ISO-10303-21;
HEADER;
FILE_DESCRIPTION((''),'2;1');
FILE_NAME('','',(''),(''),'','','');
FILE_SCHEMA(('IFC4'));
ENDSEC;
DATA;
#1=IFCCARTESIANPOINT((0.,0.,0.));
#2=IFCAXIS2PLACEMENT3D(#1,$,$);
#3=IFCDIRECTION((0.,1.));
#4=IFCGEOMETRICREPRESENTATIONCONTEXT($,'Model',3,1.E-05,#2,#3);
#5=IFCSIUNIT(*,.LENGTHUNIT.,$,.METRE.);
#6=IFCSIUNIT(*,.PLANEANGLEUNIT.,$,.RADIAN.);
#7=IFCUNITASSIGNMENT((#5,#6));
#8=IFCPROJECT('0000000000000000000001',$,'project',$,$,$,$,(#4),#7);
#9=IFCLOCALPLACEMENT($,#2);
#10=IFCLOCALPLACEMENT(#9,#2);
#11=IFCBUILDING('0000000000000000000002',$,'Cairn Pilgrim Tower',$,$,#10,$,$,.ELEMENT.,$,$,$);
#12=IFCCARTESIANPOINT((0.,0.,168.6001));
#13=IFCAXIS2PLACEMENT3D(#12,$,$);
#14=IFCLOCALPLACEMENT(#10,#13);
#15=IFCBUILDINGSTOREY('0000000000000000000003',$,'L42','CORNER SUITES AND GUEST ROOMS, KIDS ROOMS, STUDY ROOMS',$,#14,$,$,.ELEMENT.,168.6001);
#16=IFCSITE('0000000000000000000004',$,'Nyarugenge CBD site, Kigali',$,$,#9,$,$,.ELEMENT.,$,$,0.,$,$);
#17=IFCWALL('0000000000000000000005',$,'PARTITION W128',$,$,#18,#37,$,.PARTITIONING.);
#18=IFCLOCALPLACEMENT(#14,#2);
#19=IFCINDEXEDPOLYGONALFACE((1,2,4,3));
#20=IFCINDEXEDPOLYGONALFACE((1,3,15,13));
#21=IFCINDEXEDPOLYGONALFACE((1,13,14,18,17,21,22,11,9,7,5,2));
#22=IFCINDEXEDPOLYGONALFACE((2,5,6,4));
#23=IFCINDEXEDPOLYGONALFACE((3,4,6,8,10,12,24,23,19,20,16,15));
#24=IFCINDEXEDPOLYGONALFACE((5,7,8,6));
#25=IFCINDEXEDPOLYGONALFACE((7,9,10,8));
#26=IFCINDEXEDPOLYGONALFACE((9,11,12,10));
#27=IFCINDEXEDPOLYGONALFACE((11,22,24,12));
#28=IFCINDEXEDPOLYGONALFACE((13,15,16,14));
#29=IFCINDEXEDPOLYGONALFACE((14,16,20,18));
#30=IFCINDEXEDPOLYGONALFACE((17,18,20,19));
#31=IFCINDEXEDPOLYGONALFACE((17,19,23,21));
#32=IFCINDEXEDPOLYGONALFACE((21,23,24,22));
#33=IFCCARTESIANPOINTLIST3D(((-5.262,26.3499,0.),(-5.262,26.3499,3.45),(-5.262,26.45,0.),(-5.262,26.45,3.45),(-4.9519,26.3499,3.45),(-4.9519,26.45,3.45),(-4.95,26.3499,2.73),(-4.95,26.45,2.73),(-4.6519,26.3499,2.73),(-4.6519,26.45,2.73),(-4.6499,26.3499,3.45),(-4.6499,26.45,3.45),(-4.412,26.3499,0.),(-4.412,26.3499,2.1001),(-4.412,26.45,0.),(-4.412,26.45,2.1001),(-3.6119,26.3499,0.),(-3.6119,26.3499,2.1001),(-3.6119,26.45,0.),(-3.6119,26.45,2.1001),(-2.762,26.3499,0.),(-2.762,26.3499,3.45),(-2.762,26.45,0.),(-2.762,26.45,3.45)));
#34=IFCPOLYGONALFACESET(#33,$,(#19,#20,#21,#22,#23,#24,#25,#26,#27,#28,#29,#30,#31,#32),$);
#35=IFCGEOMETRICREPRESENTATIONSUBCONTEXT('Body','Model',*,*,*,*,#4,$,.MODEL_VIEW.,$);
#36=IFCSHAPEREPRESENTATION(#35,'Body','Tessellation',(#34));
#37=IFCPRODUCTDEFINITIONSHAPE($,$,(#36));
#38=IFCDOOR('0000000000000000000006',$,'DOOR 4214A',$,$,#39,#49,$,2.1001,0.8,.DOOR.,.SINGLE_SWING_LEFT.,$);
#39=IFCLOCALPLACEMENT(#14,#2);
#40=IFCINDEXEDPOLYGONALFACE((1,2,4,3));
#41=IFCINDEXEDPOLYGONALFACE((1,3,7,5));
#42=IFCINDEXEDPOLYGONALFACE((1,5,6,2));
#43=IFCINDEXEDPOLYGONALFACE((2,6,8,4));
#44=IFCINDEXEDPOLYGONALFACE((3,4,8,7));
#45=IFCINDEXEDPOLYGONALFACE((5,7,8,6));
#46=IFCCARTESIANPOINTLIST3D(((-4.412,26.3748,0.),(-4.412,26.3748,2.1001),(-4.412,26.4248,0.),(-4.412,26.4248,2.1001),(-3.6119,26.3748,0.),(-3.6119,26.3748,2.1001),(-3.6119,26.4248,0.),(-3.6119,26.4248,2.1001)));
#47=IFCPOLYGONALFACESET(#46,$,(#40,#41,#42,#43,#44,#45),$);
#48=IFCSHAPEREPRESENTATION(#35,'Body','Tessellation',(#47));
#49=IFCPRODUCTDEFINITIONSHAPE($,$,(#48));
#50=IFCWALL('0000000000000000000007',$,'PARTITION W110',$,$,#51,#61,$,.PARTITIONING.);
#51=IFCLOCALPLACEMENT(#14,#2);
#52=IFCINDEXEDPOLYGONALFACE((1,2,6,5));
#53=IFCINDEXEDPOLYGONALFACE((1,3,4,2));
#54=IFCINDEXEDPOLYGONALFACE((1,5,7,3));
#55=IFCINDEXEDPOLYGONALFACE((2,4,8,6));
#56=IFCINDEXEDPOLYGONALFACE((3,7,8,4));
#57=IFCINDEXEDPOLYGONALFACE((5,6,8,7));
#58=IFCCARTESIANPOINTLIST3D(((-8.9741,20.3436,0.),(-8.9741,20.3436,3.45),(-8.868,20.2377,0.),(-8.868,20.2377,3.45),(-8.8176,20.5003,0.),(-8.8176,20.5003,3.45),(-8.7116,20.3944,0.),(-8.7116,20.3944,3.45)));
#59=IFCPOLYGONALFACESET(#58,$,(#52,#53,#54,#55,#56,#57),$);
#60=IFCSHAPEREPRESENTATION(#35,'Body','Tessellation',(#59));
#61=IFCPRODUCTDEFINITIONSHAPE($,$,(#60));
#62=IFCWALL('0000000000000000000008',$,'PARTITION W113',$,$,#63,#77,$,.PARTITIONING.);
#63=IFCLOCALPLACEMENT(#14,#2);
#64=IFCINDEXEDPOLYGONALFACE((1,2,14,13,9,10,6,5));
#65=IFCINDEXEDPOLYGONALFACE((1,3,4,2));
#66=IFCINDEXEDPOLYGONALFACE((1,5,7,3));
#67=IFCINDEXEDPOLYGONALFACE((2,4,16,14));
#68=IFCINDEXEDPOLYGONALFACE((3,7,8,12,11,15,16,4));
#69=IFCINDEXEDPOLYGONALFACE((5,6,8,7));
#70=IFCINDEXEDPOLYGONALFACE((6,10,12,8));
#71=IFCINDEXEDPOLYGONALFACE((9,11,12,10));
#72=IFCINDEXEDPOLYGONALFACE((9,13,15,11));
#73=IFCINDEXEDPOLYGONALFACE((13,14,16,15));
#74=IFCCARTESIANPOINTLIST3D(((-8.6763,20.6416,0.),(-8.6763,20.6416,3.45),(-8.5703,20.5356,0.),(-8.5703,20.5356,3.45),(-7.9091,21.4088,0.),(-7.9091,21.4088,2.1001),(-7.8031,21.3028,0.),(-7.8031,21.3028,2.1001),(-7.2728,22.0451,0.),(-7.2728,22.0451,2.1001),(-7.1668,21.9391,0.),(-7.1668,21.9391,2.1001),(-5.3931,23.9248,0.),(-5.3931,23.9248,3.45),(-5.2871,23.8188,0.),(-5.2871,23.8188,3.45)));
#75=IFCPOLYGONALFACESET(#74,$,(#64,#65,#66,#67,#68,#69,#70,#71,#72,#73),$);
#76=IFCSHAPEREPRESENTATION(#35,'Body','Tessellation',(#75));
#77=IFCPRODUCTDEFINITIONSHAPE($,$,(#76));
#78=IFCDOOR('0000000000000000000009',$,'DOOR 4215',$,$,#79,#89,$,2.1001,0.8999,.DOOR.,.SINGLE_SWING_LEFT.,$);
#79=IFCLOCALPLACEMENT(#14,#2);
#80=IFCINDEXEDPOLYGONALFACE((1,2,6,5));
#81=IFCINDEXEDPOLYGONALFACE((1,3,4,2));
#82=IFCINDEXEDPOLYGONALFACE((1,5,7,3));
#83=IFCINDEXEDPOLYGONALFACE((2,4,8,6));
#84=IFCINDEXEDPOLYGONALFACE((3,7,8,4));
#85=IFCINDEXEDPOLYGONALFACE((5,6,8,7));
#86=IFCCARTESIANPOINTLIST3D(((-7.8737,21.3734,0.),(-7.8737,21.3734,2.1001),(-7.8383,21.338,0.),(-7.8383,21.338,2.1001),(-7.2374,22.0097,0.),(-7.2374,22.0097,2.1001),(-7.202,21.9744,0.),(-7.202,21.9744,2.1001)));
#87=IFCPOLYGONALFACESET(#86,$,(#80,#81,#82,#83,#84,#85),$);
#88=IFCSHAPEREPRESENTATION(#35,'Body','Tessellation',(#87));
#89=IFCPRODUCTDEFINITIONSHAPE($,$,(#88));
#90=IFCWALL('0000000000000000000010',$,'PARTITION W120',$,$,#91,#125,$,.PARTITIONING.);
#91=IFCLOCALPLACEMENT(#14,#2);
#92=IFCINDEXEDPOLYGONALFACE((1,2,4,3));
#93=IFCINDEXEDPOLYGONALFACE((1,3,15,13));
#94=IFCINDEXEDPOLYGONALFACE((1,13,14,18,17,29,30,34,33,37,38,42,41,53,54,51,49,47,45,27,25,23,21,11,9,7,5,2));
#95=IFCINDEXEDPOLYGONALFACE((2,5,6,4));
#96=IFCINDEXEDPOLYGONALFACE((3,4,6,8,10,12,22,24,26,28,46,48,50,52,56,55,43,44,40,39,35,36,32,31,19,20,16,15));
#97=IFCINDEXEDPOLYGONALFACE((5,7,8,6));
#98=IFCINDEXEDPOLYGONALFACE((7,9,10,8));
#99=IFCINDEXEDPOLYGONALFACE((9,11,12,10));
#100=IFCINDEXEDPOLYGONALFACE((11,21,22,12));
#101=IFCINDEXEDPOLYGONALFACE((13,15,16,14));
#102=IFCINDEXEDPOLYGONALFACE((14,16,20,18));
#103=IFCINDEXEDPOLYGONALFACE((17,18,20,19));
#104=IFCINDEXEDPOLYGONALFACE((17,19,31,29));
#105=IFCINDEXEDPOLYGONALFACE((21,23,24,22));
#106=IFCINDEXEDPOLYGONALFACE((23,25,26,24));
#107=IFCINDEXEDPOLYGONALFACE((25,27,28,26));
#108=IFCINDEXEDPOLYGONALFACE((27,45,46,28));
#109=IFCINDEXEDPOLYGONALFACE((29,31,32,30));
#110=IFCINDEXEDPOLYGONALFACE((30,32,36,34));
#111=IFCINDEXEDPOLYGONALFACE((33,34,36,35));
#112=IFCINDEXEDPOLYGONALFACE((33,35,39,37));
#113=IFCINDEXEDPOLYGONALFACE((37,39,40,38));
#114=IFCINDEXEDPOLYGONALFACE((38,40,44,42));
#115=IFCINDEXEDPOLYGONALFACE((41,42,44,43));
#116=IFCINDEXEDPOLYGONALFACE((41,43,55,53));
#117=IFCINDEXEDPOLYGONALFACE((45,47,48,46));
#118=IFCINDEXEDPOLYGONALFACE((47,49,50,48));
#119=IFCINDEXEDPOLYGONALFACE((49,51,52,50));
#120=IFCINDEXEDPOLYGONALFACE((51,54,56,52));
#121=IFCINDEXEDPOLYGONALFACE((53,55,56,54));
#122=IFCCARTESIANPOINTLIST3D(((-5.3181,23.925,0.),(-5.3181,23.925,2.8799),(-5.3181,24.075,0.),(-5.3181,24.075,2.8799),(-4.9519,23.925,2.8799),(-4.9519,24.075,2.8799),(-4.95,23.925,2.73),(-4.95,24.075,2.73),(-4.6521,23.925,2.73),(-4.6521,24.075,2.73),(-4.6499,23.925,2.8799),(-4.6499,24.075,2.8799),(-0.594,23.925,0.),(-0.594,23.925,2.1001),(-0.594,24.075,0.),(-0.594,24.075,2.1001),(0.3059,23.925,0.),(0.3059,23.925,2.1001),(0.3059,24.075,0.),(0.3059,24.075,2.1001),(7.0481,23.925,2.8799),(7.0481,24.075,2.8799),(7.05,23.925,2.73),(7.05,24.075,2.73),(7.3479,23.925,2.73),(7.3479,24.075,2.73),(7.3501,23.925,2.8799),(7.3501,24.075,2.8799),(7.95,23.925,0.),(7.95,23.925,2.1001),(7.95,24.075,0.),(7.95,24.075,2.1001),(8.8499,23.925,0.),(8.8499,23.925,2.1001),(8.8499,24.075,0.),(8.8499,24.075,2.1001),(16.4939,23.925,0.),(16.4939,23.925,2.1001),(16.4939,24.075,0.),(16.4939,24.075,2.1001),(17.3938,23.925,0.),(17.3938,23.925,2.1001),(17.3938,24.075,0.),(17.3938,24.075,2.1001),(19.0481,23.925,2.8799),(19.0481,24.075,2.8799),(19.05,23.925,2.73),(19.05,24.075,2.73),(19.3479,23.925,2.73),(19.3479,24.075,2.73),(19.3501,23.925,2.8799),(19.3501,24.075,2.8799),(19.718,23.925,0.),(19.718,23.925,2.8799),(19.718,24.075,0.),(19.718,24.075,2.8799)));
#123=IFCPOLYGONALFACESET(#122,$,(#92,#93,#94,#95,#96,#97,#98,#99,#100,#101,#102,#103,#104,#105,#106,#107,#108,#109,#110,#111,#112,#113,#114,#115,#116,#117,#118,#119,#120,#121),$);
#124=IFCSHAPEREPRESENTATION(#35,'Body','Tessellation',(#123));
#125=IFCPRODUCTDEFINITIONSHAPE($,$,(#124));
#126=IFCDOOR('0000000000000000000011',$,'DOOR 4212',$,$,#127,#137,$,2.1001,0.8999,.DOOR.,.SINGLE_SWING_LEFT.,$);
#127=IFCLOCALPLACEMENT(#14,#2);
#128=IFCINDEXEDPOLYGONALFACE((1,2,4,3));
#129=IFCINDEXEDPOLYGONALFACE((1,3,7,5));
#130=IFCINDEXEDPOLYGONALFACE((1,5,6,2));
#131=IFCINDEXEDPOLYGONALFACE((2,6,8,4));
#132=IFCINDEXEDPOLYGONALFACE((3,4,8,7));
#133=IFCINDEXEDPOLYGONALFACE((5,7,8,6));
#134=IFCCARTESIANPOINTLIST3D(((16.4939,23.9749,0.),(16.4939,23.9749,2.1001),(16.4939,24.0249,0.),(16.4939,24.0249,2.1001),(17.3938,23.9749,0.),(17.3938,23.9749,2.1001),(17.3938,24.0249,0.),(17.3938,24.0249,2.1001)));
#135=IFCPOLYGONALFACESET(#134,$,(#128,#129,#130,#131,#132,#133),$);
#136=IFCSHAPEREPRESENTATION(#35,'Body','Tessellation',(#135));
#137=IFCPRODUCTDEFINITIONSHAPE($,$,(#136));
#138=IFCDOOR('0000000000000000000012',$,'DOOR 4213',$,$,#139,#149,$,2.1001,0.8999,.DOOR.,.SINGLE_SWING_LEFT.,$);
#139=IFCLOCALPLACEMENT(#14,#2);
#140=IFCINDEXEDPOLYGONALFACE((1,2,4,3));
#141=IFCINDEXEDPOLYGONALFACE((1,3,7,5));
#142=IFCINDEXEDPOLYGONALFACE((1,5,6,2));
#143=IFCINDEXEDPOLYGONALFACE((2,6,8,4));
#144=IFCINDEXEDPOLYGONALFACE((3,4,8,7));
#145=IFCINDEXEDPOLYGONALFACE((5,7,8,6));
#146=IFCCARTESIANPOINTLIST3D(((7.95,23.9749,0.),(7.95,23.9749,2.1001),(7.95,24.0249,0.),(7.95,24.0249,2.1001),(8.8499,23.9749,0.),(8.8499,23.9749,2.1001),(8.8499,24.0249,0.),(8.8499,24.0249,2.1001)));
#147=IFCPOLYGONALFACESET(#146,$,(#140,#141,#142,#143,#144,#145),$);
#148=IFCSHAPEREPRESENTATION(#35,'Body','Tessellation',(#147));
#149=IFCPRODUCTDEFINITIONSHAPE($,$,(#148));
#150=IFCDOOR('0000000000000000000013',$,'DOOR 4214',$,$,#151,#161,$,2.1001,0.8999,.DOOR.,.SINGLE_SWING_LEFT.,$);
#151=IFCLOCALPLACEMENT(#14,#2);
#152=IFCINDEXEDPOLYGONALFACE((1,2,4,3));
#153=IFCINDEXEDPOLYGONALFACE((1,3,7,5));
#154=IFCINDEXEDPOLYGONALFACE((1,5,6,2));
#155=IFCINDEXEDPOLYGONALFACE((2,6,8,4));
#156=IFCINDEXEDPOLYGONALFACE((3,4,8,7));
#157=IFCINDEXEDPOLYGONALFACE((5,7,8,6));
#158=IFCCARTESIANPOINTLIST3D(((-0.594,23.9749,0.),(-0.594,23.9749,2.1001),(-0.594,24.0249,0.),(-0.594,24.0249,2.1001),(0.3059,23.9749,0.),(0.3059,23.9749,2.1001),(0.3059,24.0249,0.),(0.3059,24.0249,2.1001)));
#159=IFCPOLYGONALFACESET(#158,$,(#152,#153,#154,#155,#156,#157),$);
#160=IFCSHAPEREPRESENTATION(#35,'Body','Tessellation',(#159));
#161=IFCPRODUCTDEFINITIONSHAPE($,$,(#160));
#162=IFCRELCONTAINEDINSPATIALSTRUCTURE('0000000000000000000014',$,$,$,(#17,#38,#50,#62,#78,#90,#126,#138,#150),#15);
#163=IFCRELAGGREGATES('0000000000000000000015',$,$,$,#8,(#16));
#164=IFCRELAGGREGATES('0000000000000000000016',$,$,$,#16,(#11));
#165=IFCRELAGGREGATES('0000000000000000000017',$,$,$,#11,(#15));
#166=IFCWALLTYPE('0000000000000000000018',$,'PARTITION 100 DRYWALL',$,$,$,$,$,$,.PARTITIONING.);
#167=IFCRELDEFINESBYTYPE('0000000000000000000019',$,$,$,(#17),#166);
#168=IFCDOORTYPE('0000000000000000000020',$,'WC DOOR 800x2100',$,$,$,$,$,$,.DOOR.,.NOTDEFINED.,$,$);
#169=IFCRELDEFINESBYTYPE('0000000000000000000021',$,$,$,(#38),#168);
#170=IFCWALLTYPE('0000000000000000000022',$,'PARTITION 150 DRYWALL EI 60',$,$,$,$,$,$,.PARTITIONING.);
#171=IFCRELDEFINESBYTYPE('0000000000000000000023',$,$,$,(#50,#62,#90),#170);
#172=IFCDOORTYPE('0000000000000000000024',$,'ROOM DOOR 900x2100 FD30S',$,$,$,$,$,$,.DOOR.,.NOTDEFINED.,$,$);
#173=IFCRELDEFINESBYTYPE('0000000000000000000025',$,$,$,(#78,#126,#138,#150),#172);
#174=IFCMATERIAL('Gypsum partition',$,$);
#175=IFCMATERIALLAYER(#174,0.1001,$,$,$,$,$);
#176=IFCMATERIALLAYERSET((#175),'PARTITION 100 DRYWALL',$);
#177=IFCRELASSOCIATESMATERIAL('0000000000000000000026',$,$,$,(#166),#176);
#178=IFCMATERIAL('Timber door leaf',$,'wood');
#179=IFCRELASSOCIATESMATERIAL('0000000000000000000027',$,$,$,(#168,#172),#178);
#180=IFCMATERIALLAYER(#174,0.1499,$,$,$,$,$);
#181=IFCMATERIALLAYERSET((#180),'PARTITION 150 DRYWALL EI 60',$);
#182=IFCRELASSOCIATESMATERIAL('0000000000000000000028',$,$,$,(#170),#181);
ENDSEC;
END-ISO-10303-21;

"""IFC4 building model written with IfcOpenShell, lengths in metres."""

from ifc_helpers import new_model, si_unit, direction, frame, frame_2d, origin, place, context, subcontext, project, spatial, polyline, rectangle, outline, extrude, material, layer, layer_set, type_object, element, fill, save


model = new_model("IFC4")

# Units and contexts
model_context = context("Model", 3, precision=1e-05, world=origin(), true_north=direction((0.0, 1.0)))
body_context = subcontext(model_context, "Body", "Model", "MODEL_VIEW")
ifc_project = project(units=[si_unit("LENGTHUNIT", "METRE"), si_unit("PLANEANGLEUNIT", "RADIAN")], contexts=[model_context])

# Site, building, storey
site_placement = place(None, origin())
site = spatial("IfcSite", under=ifc_project, at=site_placement, Name="Nyarugenge CBD site, Kigali", CompositionType="ELEMENT", RefElevation=0.0)
building_placement = place(site_placement, origin())
building = spatial("IfcBuilding", under=site, at=building_placement, Name="Cairn Pilgrim Tower", CompositionType="ELEMENT")
storey_placement = place(building_placement, frame((0.0, 0.0, 168.6001)))
storey = spatial("IfcBuildingStorey", under=building, at=storey_placement, Name="L42", Description="CORNER SUITES AND GUEST ROOMS, KIDS ROOMS, STUDY ROOMS", CompositionType="ELEMENT", Elevation=168.6001)

# Shared definitions
ifc_material_1 = material(Name="Gypsum partition")
ifc_layer_1 = layer(ifc_material_1, 0.1001)
ifc_layer_set_1 = layer_set([ifc_layer_1], Name="PARTITION 100 DRYWALL")
wall_type_1 = type_object("IfcWallType", Name="PARTITION 100 DRYWALL", PredefinedType="PARTITIONING", material=ifc_layer_set_1)

# Wall, opening, door
wall_1_placement = place(storey_placement, frame((-5.262, 26.3999, 0.0), z_axis=(0.0, 0.0, 1.0), x_axis=(1.0, 0.0, 0.0)))
wall_1 = element("IfcWall", 1, at=wall_1_placement, inside=storey, type_object=wall_type_1, Name="PARTITION W128", PredefinedType="PARTITIONING", context=body_context, shape_type="SweptSolid", body=[
    extrude(outline(polyline([(0.0, 0.0), (2.5, 0.0), (2.5, 3.45), (0.6121, 3.45), (0.6101, 2.73), (0.312, 2.73), (0.3101, 3.45), (0.0, 3.45), (0.0, 0.0)])), frame((0.0, 0.05, 0.0), z_axis=(0.0, -1.0, 0.0), x_axis=(1.0, 0.0, 0.0)), (0.0, 0.0, 1.0), 0.1001),
])
opening_1_placement = place(wall_1_placement, frame((0.8501, 0.0, 0.0)))
opening_1 = element("IfcOpeningElement", 2, at=opening_1_placement, cuts=wall_1, PredefinedType="OPENING", context=body_context, shape_type="SweptSolid", body=[
    extrude(rectangle(XDim=0.8, YDim=2.1001, at=frame_2d((0.3999, 1.05))), frame((0.0, 0.0601, 0.0), z_axis=(0.0, -1.0, 0.0), x_axis=(1.0, 0.0, 0.0)), (0.0, 0.0, 1.0), 0.1201),
])
ifc_material_2 = material(Name="Timber door leaf", Category="wood")
door_type_1 = type_object("IfcDoorType", Name="WC DOOR 800x2100", OperationType="NOTDEFINED", PredefinedType="DOOR", material=ifc_material_2)
door_1_placement = place(opening_1_placement, origin())
door_1 = element("IfcDoor", 3, at=door_1_placement, inside=storey, type_object=door_type_1, Name="DOOR 4214A", OperationType="SINGLE_SWING_LEFT", OverallHeight=2.1001, OverallWidth=0.8, PredefinedType="DOOR", context=body_context, shape_type="SweptSolid", body=[
    extrude(rectangle(XDim=0.8, YDim=2.1001, at=frame_2d((0.3999, 1.05))), frame((0.0, 0.0249, 0.0), z_axis=(0.0, -1.0, 0.0), x_axis=(1.0, 0.0, 0.0)), (0.0, 0.0, 1.0), 0.05),
])
fill(opening_1, door_1)

# Wall
ifc_layer_2 = layer(ifc_material_1, 0.1499)
ifc_layer_set_2 = layer_set([ifc_layer_2], Name="PARTITION 150 DRYWALL EI 60")
wall_type_2 = type_object("IfcWallType", Name="PARTITION 150 DRYWALL EI 60", PredefinedType="PARTITIONING", material=ifc_layer_set_2)
wall_2_placement = place(storey_placement, frame((-8.9211, 20.2905, 0.0), z_axis=(0.0, 0.0, 1.0), x_axis=(0.706555, 0.707658, 0.0)))
element("IfcWall", 4, at=wall_2_placement, inside=storey, type_object=wall_type_2, Name="PARTITION W110", PredefinedType="PARTITIONING", context=body_context, shape_type="SweptSolid", body=[
    extrude(rectangle(XDim=0.2214, YDim=0.1499, at=frame_2d((0.1108, 0.0))), origin(), (0.0, 0.0, 1.0), 3.45),
])

# Wall, opening, door
wall_3_placement = place(storey_placement, frame((-8.6233, 20.5886, 0.0), z_axis=(0.0, 0.0, 1.0), x_axis=(0.707107, 0.707107, 0.0)))
wall_3 = element("IfcWall", 5, at=wall_3_placement, inside=storey, type_object=wall_type_2, Name="PARTITION W113", PredefinedType="PARTITIONING", context=body_context, shape_type="SweptSolid", body=[
    extrude(rectangle(XDim=4.6431, YDim=0.1499, at=frame_2d((2.3215, 0.0))), origin(), (0.0, 0.0, 1.0), 3.45),
])
opening_2_placement = place(wall_3_placement, frame((1.085, 0.0, 0.0)))
opening_2 = element("IfcOpeningElement", 6, at=opening_2_placement, cuts=wall_3, PredefinedType="OPENING", context=body_context, shape_type="SweptSolid", body=[
    extrude(rectangle(XDim=0.8999, YDim=2.1001, at=frame_2d((0.45, 1.05))), frame((0.0, 0.085, 0.0), z_axis=(0.0, -1.0, 0.0), x_axis=(1.0, 0.0, 0.0)), (0.0, 0.0, 1.0), 0.1699),
])
door_type_2 = type_object("IfcDoorType", Name="ROOM DOOR 900x2100 FD30S", OperationType="NOTDEFINED", PredefinedType="DOOR", material=ifc_material_2)
door_2_placement = place(opening_2_placement, origin())
door_2 = element("IfcDoor", 7, at=door_2_placement, inside=storey, type_object=door_type_2, Name="DOOR 4215", OperationType="SINGLE_SWING_LEFT", OverallHeight=2.1001, OverallWidth=0.8999, PredefinedType="DOOR", context=body_context, shape_type="SweptSolid", body=[
    extrude(rectangle(XDim=0.8999, YDim=2.1001, at=frame_2d((0.45, 1.05))), frame((0.0, 0.0249, 0.0), z_axis=(0.0, -1.0, 0.0), x_axis=(1.0, 0.0, 0.0)), (0.0, 0.0, 1.0), 0.05),
])
fill(opening_2, door_2)

# Wall, openings, doors
wall_4_placement = place(storey_placement, frame((-5.3181, 24.0, 0.0), z_axis=(0.0, 0.0, 1.0), x_axis=(1.0, 0.0, 0.0)))
wall_4 = element("IfcWall", 8, at=wall_4_placement, inside=storey, type_object=wall_type_2, Name="PARTITION W120", PredefinedType="PARTITIONING", context=body_context, shape_type="SweptSolid", body=[
    extrude(outline(polyline([(0.0, 0.0), (25.0361, 0.0), (25.0361, 2.8799), (24.6682, 2.8799), (24.666, 2.73), (24.3682, 2.73), (24.3662, 2.8799), (12.6682, 2.8799), (12.666, 2.73), (12.3682, 2.73), (12.3662, 2.8799), (0.6682, 2.8799), (0.666, 2.73), (0.3682, 2.73), (0.3662, 2.8799), (0.0, 2.8799), (0.0, 0.0)])), frame((0.0, 0.075, 0.0), z_axis=(0.0, -1.0, 0.0), x_axis=(1.0, 0.0, 0.0)), (0.0, 0.0, 1.0), 0.1499),
])
opening_3_placement = place(wall_4_placement, frame((21.812, 0.0, 0.0)))
opening_3 = element("IfcOpeningElement", 9, at=opening_3_placement, cuts=wall_4, PredefinedType="OPENING", context=body_context, shape_type="SweptSolid", body=[
    extrude(rectangle(XDim=0.8999, YDim=2.1001, at=frame_2d((0.45, 1.05))), frame((0.0, 0.085, 0.0), z_axis=(0.0, -1.0, 0.0), x_axis=(1.0, 0.0, 0.0)), (0.0, 0.0, 1.0), 0.1699),
])
opening_4_placement = place(wall_4_placement, frame((13.2681, 0.0, 0.0)))
opening_4 = element("IfcOpeningElement", 10, at=opening_4_placement, cuts=wall_4, PredefinedType="OPENING", context=body_context, shape_type="SweptSolid", body=[
    extrude(rectangle(XDim=0.8999, YDim=2.1001, at=frame_2d((0.45, 1.05))), frame((0.0, 0.085, 0.0), z_axis=(0.0, -1.0, 0.0), x_axis=(1.0, 0.0, 0.0)), (0.0, 0.0, 1.0), 0.1699),
])
opening_5_placement = place(wall_4_placement, frame((4.7241, 0.0, 0.0)))
opening_5 = element("IfcOpeningElement", 11, at=opening_5_placement, cuts=wall_4, PredefinedType="OPENING", context=body_context, shape_type="SweptSolid", body=[
    extrude(rectangle(XDim=0.8999, YDim=2.1001, at=frame_2d((0.45, 1.05))), frame((0.0, 0.085, 0.0), z_axis=(0.0, -1.0, 0.0), x_axis=(1.0, 0.0, 0.0)), (0.0, 0.0, 1.0), 0.1699),
])
door_3_placement = place(opening_3_placement, origin())
door_3 = element("IfcDoor", 12, at=door_3_placement, inside=storey, type_object=door_type_2, Name="DOOR 4212", OperationType="SINGLE_SWING_LEFT", OverallHeight=2.1001, OverallWidth=0.8999, PredefinedType="DOOR", context=body_context, shape_type="SweptSolid", body=[
    extrude(rectangle(XDim=0.8999, YDim=2.1001, at=frame_2d((0.45, 1.05))), frame((0.0, 0.0249, 0.0), z_axis=(0.0, -1.0, 0.0), x_axis=(1.0, 0.0, 0.0)), (0.0, 0.0, 1.0), 0.05),
])
fill(opening_3, door_3)
door_4_placement = place(opening_4_placement, origin())
door_4 = element("IfcDoor", 13, at=door_4_placement, inside=storey, type_object=door_type_2, Name="DOOR 4213", OperationType="SINGLE_SWING_LEFT", OverallHeight=2.1001, OverallWidth=0.8999, PredefinedType="DOOR", context=body_context, shape_type="SweptSolid", body=[
    extrude(rectangle(XDim=0.8999, YDim=2.1001, at=frame_2d((0.45, 1.05))), frame((0.0, 0.0249, 0.0), z_axis=(0.0, -1.0, 0.0), x_axis=(1.0, 0.0, 0.0)), (0.0, 0.0, 1.0), 0.05),
])
fill(opening_4, door_4)
door_5_placement = place(opening_5_placement, origin())
door_5 = element("IfcDoor", 14, at=door_5_placement, inside=storey, type_object=door_type_2, Name="DOOR 4214", OperationType="SINGLE_SWING_LEFT", OverallHeight=2.1001, OverallWidth=0.8999, PredefinedType="DOOR", context=body_context, shape_type="SweptSolid", body=[
    extrude(rectangle(XDim=0.8999, YDim=2.1001, at=frame_2d((0.45, 1.05))), frame((0.0, 0.0249, 0.0), z_axis=(0.0, -1.0, 0.0), x_axis=(1.0, 0.0, 0.0)), (0.0, 0.0, 1.0), 0.05),
])
fill(opening_5, door_5)

save(model, "model.ifc")
